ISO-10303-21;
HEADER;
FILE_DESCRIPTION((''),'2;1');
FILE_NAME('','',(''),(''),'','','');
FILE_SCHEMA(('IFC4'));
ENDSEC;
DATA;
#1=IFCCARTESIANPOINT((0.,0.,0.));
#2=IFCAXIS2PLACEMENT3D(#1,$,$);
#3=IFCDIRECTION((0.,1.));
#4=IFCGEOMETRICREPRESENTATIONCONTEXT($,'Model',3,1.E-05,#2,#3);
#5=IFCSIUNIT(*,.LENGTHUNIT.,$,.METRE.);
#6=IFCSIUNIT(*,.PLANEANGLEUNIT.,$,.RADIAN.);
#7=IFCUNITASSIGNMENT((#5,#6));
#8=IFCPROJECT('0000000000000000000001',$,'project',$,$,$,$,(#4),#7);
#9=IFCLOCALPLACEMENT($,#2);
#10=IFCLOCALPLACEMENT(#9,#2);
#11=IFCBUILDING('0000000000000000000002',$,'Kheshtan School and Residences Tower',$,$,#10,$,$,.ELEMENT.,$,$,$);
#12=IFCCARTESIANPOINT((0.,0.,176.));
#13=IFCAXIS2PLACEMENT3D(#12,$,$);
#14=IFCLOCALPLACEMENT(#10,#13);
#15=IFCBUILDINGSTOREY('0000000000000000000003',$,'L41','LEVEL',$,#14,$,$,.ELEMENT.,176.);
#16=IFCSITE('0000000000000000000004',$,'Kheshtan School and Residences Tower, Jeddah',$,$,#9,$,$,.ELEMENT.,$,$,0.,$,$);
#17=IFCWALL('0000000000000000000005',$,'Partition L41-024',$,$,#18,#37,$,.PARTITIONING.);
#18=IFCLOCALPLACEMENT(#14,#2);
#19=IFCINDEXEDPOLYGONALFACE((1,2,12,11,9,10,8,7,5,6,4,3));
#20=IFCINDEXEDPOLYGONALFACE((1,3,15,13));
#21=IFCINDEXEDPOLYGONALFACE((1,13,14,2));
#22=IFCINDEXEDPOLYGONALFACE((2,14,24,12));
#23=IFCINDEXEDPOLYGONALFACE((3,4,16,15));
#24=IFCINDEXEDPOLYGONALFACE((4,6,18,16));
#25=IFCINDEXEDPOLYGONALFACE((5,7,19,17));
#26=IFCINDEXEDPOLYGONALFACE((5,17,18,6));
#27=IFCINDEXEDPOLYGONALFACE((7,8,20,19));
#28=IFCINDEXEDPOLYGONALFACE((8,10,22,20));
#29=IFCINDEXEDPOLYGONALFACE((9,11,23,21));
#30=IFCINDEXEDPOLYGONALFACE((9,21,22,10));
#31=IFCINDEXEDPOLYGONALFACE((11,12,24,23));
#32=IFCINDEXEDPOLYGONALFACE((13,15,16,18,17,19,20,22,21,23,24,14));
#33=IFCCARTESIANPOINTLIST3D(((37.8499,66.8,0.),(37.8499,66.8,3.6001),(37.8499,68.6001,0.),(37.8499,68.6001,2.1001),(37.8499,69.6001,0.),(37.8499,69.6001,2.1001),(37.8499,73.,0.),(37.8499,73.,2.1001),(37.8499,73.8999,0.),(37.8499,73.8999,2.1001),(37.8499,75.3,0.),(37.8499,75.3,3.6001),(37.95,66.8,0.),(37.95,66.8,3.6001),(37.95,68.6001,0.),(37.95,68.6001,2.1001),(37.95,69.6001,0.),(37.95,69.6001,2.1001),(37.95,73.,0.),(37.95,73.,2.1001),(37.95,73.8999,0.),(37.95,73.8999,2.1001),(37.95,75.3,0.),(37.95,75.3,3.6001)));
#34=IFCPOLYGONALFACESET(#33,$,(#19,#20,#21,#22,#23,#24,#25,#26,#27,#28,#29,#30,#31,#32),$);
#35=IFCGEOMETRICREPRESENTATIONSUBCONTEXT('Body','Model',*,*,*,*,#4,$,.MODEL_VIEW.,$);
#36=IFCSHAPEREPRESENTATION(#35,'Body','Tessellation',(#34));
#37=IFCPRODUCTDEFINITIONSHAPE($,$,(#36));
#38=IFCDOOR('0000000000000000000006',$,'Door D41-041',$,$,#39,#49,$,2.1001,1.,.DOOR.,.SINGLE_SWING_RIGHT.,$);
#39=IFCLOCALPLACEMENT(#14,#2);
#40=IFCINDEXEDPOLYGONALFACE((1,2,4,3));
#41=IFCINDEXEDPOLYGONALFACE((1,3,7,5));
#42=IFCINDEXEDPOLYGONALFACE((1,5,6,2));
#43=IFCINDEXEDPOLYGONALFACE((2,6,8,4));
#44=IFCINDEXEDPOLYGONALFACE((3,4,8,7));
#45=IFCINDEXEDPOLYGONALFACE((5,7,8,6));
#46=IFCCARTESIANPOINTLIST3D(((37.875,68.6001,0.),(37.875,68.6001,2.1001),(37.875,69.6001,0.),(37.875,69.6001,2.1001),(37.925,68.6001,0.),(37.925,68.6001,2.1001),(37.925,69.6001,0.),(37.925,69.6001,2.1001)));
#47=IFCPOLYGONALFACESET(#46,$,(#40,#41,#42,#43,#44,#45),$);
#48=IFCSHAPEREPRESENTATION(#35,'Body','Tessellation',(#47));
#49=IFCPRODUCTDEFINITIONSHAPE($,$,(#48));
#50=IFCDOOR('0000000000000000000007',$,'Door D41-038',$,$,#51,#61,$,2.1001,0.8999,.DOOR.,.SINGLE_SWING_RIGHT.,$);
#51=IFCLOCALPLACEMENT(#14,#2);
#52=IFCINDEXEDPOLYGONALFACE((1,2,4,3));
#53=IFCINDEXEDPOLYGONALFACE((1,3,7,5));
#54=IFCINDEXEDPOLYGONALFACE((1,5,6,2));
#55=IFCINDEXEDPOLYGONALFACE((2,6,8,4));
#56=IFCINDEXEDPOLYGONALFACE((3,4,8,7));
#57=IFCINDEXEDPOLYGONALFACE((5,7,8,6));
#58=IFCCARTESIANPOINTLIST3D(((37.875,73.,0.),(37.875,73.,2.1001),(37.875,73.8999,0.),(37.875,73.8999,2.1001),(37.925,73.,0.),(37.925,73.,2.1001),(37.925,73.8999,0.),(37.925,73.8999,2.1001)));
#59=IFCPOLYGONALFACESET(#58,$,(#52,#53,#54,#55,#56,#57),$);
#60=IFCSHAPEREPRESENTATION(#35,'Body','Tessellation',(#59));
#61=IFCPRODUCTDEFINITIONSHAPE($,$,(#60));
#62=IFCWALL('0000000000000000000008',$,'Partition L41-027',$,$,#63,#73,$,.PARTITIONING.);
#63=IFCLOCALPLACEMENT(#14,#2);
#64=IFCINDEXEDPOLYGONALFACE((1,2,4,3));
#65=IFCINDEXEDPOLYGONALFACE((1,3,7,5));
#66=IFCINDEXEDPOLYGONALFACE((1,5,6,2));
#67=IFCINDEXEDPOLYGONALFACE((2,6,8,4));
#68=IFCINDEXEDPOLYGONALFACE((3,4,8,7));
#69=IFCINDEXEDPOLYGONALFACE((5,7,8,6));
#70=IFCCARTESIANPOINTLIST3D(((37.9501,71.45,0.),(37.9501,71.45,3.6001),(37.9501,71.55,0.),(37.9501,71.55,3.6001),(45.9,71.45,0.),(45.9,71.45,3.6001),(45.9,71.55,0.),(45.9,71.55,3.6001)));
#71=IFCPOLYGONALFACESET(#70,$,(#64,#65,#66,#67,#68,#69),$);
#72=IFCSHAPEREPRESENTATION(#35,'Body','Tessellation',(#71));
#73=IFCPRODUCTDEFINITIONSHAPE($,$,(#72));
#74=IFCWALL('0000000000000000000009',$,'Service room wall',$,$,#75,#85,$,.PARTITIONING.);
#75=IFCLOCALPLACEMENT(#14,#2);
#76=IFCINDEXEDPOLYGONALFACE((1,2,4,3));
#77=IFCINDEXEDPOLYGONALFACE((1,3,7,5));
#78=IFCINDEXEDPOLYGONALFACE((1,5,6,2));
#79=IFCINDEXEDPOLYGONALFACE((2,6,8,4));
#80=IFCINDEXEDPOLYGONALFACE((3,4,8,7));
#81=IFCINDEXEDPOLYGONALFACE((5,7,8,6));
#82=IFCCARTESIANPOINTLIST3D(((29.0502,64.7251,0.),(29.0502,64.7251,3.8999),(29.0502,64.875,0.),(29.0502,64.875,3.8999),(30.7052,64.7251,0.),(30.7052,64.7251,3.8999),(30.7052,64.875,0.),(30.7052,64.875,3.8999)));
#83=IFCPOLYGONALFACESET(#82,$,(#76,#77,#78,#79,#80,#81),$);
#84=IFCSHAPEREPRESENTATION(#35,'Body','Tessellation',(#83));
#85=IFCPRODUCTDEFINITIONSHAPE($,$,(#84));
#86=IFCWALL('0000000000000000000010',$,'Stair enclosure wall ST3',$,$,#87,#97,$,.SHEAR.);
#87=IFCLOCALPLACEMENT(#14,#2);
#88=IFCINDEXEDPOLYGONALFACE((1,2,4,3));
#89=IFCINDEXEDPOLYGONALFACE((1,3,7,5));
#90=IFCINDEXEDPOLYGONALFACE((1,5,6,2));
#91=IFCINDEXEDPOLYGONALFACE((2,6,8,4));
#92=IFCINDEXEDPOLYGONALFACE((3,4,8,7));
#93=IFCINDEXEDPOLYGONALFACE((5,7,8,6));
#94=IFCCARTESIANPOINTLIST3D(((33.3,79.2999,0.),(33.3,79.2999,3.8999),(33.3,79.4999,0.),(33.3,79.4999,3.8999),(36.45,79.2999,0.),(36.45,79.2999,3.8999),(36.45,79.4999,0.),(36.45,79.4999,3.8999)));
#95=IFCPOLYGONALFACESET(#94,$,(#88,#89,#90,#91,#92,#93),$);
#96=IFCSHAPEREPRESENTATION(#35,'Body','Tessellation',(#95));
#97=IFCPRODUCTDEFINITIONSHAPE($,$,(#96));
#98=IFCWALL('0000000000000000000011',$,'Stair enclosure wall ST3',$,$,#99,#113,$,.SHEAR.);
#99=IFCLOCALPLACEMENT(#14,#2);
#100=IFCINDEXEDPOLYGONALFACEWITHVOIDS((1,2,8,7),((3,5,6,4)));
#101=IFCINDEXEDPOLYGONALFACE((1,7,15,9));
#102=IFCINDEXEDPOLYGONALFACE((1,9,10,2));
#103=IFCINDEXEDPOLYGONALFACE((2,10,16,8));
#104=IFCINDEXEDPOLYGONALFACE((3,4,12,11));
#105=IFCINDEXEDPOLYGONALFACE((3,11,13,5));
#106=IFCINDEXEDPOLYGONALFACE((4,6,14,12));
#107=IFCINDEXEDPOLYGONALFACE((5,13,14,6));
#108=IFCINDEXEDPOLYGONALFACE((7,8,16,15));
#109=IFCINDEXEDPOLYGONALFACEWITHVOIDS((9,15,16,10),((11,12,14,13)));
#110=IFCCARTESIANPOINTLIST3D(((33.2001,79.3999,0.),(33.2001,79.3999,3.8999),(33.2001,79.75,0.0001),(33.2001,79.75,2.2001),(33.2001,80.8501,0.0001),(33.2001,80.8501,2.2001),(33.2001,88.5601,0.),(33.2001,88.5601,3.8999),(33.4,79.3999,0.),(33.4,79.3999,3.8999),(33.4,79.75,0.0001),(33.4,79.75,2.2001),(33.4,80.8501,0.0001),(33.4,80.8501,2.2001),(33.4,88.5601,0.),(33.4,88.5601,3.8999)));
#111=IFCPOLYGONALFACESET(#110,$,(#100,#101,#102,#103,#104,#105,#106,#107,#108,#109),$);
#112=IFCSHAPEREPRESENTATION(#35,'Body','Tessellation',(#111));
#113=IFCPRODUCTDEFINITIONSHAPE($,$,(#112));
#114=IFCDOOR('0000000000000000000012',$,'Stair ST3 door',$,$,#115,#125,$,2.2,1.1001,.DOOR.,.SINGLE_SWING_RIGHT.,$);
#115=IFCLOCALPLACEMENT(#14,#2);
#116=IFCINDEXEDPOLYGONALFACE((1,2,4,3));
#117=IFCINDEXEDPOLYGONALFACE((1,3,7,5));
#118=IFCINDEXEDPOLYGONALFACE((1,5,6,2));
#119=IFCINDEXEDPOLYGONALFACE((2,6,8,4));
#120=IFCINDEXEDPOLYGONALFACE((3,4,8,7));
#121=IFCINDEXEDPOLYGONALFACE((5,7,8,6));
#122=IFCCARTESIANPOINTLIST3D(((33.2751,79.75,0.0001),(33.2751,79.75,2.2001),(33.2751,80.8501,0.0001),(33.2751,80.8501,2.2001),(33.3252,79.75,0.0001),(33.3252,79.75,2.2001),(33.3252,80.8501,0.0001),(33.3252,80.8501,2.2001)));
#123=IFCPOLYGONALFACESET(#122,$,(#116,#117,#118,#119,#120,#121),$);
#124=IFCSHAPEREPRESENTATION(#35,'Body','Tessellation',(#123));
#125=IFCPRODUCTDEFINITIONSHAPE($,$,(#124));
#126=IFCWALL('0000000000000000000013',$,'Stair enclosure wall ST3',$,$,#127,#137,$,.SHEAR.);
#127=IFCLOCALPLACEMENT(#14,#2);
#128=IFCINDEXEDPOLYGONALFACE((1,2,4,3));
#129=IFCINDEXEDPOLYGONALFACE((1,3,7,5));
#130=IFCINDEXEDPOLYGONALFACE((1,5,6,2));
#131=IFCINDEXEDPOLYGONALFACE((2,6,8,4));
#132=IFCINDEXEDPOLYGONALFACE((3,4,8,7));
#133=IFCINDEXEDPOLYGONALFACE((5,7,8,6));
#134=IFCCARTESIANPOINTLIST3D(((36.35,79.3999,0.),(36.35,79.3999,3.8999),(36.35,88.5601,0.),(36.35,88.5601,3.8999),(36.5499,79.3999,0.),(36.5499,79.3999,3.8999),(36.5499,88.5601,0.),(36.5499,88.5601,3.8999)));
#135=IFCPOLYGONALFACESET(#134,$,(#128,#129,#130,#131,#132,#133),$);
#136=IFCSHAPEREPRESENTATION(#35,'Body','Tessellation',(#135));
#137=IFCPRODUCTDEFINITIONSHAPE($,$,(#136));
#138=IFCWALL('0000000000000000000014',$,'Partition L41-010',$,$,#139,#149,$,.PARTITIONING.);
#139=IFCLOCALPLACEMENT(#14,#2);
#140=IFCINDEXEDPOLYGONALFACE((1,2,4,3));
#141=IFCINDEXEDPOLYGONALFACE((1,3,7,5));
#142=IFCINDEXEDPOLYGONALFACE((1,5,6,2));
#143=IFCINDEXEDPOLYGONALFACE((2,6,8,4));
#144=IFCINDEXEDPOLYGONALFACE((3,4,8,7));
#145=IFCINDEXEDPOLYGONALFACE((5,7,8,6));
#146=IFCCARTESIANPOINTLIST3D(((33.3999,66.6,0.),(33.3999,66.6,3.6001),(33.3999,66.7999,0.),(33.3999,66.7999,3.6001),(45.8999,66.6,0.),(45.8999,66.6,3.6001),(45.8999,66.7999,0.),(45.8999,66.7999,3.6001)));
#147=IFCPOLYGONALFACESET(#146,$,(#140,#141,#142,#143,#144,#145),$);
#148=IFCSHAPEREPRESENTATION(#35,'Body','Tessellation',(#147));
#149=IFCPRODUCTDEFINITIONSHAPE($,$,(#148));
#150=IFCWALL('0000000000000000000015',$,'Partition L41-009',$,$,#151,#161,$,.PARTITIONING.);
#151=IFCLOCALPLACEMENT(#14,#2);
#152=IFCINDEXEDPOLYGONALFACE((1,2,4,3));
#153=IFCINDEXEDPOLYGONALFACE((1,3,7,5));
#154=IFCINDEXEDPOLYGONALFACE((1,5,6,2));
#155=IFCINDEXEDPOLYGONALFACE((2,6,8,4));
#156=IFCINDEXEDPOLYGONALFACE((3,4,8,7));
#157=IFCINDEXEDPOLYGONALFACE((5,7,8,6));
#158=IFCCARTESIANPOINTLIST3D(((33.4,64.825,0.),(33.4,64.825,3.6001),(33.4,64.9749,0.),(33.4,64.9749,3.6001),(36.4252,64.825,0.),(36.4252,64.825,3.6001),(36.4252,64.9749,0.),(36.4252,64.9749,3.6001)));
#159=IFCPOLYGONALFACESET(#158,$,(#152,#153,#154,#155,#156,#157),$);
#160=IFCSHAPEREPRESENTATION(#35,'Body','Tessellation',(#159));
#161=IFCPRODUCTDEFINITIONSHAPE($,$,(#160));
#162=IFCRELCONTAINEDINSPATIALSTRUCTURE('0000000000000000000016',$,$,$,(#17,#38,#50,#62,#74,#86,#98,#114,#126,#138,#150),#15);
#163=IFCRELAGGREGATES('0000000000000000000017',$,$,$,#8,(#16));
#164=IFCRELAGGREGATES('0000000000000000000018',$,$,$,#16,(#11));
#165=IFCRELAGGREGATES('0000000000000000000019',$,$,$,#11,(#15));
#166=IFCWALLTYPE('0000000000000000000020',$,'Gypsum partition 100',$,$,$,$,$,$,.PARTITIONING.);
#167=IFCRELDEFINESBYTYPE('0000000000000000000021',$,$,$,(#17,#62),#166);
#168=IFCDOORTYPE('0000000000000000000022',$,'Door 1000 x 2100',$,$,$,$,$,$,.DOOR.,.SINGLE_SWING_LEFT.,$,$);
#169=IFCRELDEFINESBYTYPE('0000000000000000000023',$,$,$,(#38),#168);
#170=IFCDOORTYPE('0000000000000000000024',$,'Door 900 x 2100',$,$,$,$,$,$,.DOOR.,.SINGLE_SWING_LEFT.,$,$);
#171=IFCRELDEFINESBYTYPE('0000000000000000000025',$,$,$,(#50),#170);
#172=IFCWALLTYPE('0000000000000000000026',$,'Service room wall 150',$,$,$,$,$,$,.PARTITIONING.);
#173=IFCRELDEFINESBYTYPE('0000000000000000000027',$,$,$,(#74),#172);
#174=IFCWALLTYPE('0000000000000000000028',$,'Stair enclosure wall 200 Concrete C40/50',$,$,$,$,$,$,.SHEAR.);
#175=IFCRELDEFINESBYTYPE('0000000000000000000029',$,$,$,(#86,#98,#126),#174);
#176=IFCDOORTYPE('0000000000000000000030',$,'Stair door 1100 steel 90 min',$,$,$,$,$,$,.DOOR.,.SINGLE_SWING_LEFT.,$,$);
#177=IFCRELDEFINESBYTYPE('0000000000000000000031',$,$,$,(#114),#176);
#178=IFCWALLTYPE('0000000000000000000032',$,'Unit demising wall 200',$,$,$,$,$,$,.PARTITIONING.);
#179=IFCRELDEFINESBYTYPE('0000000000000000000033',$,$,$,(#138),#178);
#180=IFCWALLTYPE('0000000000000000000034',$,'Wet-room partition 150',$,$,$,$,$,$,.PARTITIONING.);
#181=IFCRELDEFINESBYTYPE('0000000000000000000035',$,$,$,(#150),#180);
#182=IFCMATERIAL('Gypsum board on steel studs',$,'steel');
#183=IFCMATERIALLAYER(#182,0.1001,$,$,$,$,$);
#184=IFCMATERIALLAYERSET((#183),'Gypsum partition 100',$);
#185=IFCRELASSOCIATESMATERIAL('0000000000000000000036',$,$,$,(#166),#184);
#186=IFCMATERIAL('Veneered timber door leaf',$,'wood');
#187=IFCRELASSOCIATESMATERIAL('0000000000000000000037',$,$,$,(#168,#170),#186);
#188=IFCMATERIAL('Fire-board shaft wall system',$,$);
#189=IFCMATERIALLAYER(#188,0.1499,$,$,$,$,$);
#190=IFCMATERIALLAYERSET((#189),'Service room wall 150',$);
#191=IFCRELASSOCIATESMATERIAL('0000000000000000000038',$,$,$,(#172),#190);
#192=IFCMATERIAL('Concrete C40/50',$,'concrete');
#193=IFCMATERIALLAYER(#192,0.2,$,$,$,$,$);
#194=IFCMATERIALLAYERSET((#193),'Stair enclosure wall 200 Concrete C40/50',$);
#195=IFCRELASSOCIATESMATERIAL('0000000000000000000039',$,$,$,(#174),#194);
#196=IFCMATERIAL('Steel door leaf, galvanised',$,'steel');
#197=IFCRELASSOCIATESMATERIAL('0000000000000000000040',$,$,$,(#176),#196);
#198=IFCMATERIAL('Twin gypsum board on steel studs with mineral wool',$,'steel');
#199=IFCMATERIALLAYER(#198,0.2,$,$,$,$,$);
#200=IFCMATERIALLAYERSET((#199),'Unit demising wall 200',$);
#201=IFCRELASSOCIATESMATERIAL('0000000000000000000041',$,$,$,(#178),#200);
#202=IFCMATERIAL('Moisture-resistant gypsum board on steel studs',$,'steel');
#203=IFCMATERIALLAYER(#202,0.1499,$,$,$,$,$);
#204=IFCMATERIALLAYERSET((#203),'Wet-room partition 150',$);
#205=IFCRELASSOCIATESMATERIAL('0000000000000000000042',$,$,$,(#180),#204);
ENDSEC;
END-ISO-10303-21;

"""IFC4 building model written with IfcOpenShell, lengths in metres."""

from ifc_helpers import new_model, si_unit, direction, frame, frame_2d, origin, place, context, subcontext, project, spatial, rectangle, extrude, source, transform, mapped, material, layer, layer_set, type_object, element, fill, save


model = new_model("IFC4")

# Units and contexts
model_context = context("Model", 3, precision=1e-05, world=origin(), true_north=direction((0.0, 1.0)))
body_context = subcontext(model_context, "Body", "Model", "MODEL_VIEW")
ifc_project = project(units=[si_unit("LENGTHUNIT", "METRE"), si_unit("PLANEANGLEUNIT", "RADIAN")], contexts=[model_context])

# Site, building, storey
site_placement = place(None, origin())
site = spatial("IfcSite", under=ifc_project, at=site_placement, Name="Kheshtan School and Residences Tower, Jeddah", CompositionType="ELEMENT", RefElevation=0.0)
building_placement = place(site_placement, origin())
building = spatial("IfcBuilding", under=site, at=building_placement, Name="Kheshtan School and Residences Tower", CompositionType="ELEMENT")
storey_placement = place(building_placement, frame((0.0, 0.0, 176.0)))
storey = spatial("IfcBuildingStorey", under=building, at=storey_placement, Name="L41", Description="LEVEL", CompositionType="ELEMENT", Elevation=176.0)

# Wall, openings, doors
ifc_material_1 = material(Name="Gypsum board on steel studs", Category="steel")
ifc_layer_1 = layer(ifc_material_1, 0.1001)
ifc_layer_set_1 = layer_set([ifc_layer_1], Name="Gypsum partition 100")
wall_type_1 = type_object("IfcWallType", Name="Gypsum partition 100", PredefinedType="PARTITIONING", material=ifc_layer_set_1)
wall_1_placement = place(storey_placement, frame((37.8999, 66.8, 0.0), z_axis=(0.0, 0.0, 1.0), x_axis=(0.0, 1.0, 0.0)))
wall_1 = element("IfcWall", 1, at=wall_1_placement, inside=storey, type_object=wall_type_1, Name="Partition L41-024", PredefinedType="PARTITIONING", context=body_context, shape_type="SweptSolid", body=[
    extrude(rectangle(XDim=8.5, YDim=0.1001, at=frame_2d((4.25, 0.0))), origin(), (0.0, 0.0, 1.0), 3.6001),
])
opening_1_placement = place(wall_1_placement, frame((6.2, 0.0, 0.0)))
opening_1 = element("IfcOpeningElement", 2, at=opening_1_placement, cuts=wall_1, PredefinedType="OPENING", context=body_context, shape_type="SweptSolid", body=[
    extrude(rectangle(XDim=0.8999, YDim=2.1001, at=frame_2d((0.45, 1.05))), frame((0.0, 0.0601, 0.0), z_axis=(0.0, -1.0, 0.0), x_axis=(1.0, 0.0, 0.0)), (0.0, 0.0, 1.0), 0.1201),
])
opening_2_placement = place(wall_1_placement, frame((1.8, 0.0, 0.0)))
opening_2 = element("IfcOpeningElement", 3, at=opening_2_placement, cuts=wall_1, PredefinedType="OPENING", context=body_context, shape_type="SweptSolid", body=[
    extrude(rectangle(XDim=1.0, YDim=2.1001, at=frame_2d((0.5, 1.05))), frame((0.0, 0.0601, 0.0), z_axis=(0.0, -1.0, 0.0), x_axis=(1.0, 0.0, 0.0)), (0.0, 0.0, 1.0), 0.1201),
])
ifc_material_2 = material(Name="Veneered timber door leaf", Category="wood")
door_type_1 = type_object("IfcDoorType", Name="Door 1000 x 2100", OperationType="SINGLE_SWING_LEFT", PredefinedType="DOOR", material=ifc_material_2)
shared_shape_1 = source(origin(), body_context, "Body", "SweptSolid", [
    extrude(rectangle(XDim=1.0, YDim=2.1001, at=frame_2d((0.5, 1.05))), frame((0.0, 0.0249, 0.0), z_axis=(0.0, -1.0, 0.0), x_axis=(1.0, 0.0, 0.0)), (0.0, 0.0, 1.0), 0.05),
])
door_1_placement = place(opening_2_placement, origin())
door_1 = element("IfcDoor", 4, at=door_1_placement, inside=storey, type_object=door_type_1, Name="Door D41-041", OperationType="SINGLE_SWING_RIGHT", OverallHeight=2.1001, OverallWidth=1.0, PredefinedType="DOOR", context=body_context, shape_type="MappedRepresentation", body=[
    mapped(shared_shape_1, transform((0.0, 0.0, 0.0), x_axis=(1.0, 0.0, 0.0), y_axis=(0.0, 1.0, 0.0), z_axis=(0.0, 0.0, 1.0), scale=1.0)),
])
fill(opening_2, door_1)
door_type_2 = type_object("IfcDoorType", Name="Door 900 x 2100", OperationType="SINGLE_SWING_LEFT", PredefinedType="DOOR", material=ifc_material_2)
shared_shape_2 = source(origin(), body_context, "Body", "SweptSolid", [
    extrude(rectangle(XDim=0.8999, YDim=2.1001, at=frame_2d((0.45, 1.05))), frame((0.0, 0.0249, 0.0), z_axis=(0.0, -1.0, 0.0), x_axis=(1.0, 0.0, 0.0)), (0.0, 0.0, 1.0), 0.05),
])
door_2_placement = place(opening_1_placement, origin())
door_2 = element("IfcDoor", 5, at=door_2_placement, inside=storey, type_object=door_type_2, Name="Door D41-038", OperationType="SINGLE_SWING_RIGHT", OverallHeight=2.1001, OverallWidth=0.8999, PredefinedType="DOOR", context=body_context, shape_type="MappedRepresentation", body=[
    mapped(shared_shape_2, transform((0.0, 0.0, 0.0), x_axis=(1.0, 0.0, 0.0), y_axis=(0.0, 1.0, 0.0), z_axis=(0.0, 0.0, 1.0), scale=1.0)),
])
fill(opening_1, door_2)

# Walls
wall_2_placement = place(storey_placement, frame((37.95, 71.5, 0.0), z_axis=(0.0, 0.0, 1.0), x_axis=(1.0, 0.0, 0.0)))
element("IfcWall", 6, at=wall_2_placement, inside=storey, type_object=wall_type_1, Name="Partition L41-027", PredefinedType="PARTITIONING", context=body_context, shape_type="SweptSolid", body=[
    extrude(rectangle(XDim=7.95, YDim=0.1001, at=frame_2d((3.9751, 0.0))), origin(), (0.0, 0.0, 1.0), 3.6001),
])
ifc_material_3 = material(Name="Fire-board shaft wall system")
ifc_layer_2 = layer(ifc_material_3, 0.1499)
ifc_layer_set_2 = layer_set([ifc_layer_2], Name="Service room wall 150")
wall_type_2 = type_object("IfcWallType", Name="Service room wall 150", PredefinedType="PARTITIONING", material=ifc_layer_set_2)
wall_3_placement = place(storey_placement, frame((29.05, 64.8, 0.0), z_axis=(0.0, 0.0, 1.0), x_axis=(1.0, 0.0, 0.0)))
element("IfcWall", 7, at=wall_3_placement, inside=storey, type_object=wall_type_2, Name="Service room wall", PredefinedType="PARTITIONING", context=body_context, shape_type="SweptSolid", body=[
    extrude(rectangle(XDim=1.655, YDim=0.1499, at=frame_2d((0.8276, 0.0))), origin(), (0.0, 0.0, 1.0), 3.8999),
])
ifc_material_4 = material(Name="Concrete C40/50", Category="concrete")
ifc_layer_3 = layer(ifc_material_4, 0.2)
ifc_layer_set_3 = layer_set([ifc_layer_3], Name="Stair enclosure wall 200 Concrete C40/50")
wall_type_3 = type_object("IfcWallType", Name="Stair enclosure wall 200 Concrete C40/50", PredefinedType="SHEAR", material=ifc_layer_set_3)
wall_4_placement = place(storey_placement, frame((33.3, 79.3999, 0.0), z_axis=(0.0, 0.0, 1.0), x_axis=(1.0, 0.0, 0.0)))
element("IfcWall", 8, at=wall_4_placement, inside=storey, type_object=wall_type_3, Name="Stair enclosure wall ST3", PredefinedType="SHEAR", context=body_context, shape_type="SweptSolid", body=[
    extrude(rectangle(XDim=3.1499, YDim=0.2, at=frame_2d((1.575, 0.0))), origin(), (0.0, 0.0, 1.0), 3.8999),
])

# Wall, opening, door
wall_5_placement = place(storey_placement, frame((33.3, 79.3999, 0.0), z_axis=(0.0, 0.0, 1.0), x_axis=(0.0, 1.0, 0.0)))
wall_5 = element("IfcWall", 9, at=wall_5_placement, inside=storey, type_object=wall_type_3, Name="Stair enclosure wall ST3", PredefinedType="SHEAR", context=body_context, shape_type="SweptSolid", body=[
    extrude(rectangle(XDim=9.1602, YDim=0.2, at=frame_2d((4.5801, 0.0))), origin(), (0.0, 0.0, 1.0), 3.8999),
])
opening_3_placement = place(wall_5_placement, frame((0.3501, 0.0, 0.0)))
opening_3 = element("IfcOpeningElement", 10, at=opening_3_placement, cuts=wall_5, PredefinedType="OPENING", context=body_context, shape_type="SweptSolid", body=[
    extrude(rectangle(XDim=1.1001, YDim=2.2, at=frame_2d((0.55, 1.1001))), frame((0.0, 0.1099, 0.0), z_axis=(0.0, -1.0, 0.0), x_axis=(1.0, 0.0, 0.0)), (0.0, 0.0, 1.0), 0.22),
])
ifc_material_5 = material(Name="Steel door leaf, galvanised", Category="steel")
door_type_3 = type_object("IfcDoorType", Name="Stair door 1100 steel 90 min", OperationType="SINGLE_SWING_LEFT", PredefinedType="DOOR", material=ifc_material_5)
shared_shape_3 = source(origin(), body_context, "Body", "SweptSolid", [
    extrude(rectangle(XDim=1.1001, YDim=2.2, at=frame_2d((0.55, 1.1001))), frame((0.0, 0.0249, 0.0), z_axis=(0.0, -1.0, 0.0), x_axis=(1.0, 0.0, 0.0)), (0.0, 0.0, 1.0), 0.05),
])
door_3_placement = place(opening_3_placement, origin())
door_3 = element("IfcDoor", 11, at=door_3_placement, inside=storey, type_object=door_type_3, Name="Stair ST3 door", OperationType="SINGLE_SWING_RIGHT", OverallHeight=2.2, OverallWidth=1.1001, PredefinedType="DOOR", context=body_context, shape_type="MappedRepresentation", body=[
    mapped(shared_shape_3, transform((0.0, 0.0, 0.0), x_axis=(1.0, 0.0, 0.0), y_axis=(0.0, 1.0, 0.0), z_axis=(0.0, 0.0, 1.0), scale=1.0)),
])
fill(opening_3, door_3)

# Walls
wall_6_placement = place(storey_placement, frame((36.45, 79.3999, 0.0), z_axis=(0.0, 0.0, 1.0), x_axis=(0.0, 1.0, 0.0)))
element("IfcWall", 12, at=wall_6_placement, inside=storey, type_object=wall_type_3, Name="Stair enclosure wall ST3", PredefinedType="SHEAR", context=body_context, shape_type="SweptSolid", body=[
    extrude(rectangle(XDim=9.1602, YDim=0.2, at=frame_2d((4.5801, 0.0))), origin(), (0.0, 0.0, 1.0), 3.8999),
])
ifc_material_6 = material(Name="Twin gypsum board on steel studs with mineral wool", Category="steel")
ifc_layer_4 = layer(ifc_material_6, 0.2)
ifc_layer_set_4 = layer_set([ifc_layer_4], Name="Unit demising wall 200")
wall_type_4 = type_object("IfcWallType", Name="Unit demising wall 200", PredefinedType="PARTITIONING", material=ifc_layer_set_4)
wall_7_placement = place(storey_placement, frame((33.3999, 66.7, 0.0), z_axis=(0.0, 0.0, 1.0), x_axis=(1.0, 0.0, 0.0)))
element("IfcWall", 13, at=wall_7_placement, inside=storey, type_object=wall_type_4, Name="Partition L41-010", PredefinedType="PARTITIONING", context=body_context, shape_type="SweptSolid", body=[
    extrude(rectangle(XDim=12.5, YDim=0.2, at=frame_2d((6.25, 0.0))), origin(), (0.0, 0.0, 1.0), 3.6001),
])
ifc_material_7 = material(Name="Moisture-resistant gypsum board on steel studs", Category="steel")
ifc_layer_5 = layer(ifc_material_7, 0.1499)
ifc_layer_set_5 = layer_set([ifc_layer_5], Name="Wet-room partition 150")
wall_type_5 = type_object("IfcWallType", Name="Wet-room partition 150", PredefinedType="PARTITIONING", material=ifc_layer_set_5)
for number, where, z_axis, x_axis, name in (
    (14, (33.3999, 64.8999, 0.0), (0.0, 0.0, 1.0), (1.0, 0.0, 0.0), "Partition L41-009"),
):
    element("IfcWall", number, at=place(storey_placement, frame(where, z_axis=z_axis, x_axis=x_axis)), inside=storey, type_object=wall_type_5, Name=name, PredefinedType="PARTITIONING", context=body_context, shape_type="SweptSolid", body=[
        extrude(rectangle(XDim=3.0251, YDim=0.1499, at=frame_2d((1.5127, 0.0))), origin(), (0.0, 0.0, 1.0), 3.6001),
    ])

save(model, "model.ifc")
